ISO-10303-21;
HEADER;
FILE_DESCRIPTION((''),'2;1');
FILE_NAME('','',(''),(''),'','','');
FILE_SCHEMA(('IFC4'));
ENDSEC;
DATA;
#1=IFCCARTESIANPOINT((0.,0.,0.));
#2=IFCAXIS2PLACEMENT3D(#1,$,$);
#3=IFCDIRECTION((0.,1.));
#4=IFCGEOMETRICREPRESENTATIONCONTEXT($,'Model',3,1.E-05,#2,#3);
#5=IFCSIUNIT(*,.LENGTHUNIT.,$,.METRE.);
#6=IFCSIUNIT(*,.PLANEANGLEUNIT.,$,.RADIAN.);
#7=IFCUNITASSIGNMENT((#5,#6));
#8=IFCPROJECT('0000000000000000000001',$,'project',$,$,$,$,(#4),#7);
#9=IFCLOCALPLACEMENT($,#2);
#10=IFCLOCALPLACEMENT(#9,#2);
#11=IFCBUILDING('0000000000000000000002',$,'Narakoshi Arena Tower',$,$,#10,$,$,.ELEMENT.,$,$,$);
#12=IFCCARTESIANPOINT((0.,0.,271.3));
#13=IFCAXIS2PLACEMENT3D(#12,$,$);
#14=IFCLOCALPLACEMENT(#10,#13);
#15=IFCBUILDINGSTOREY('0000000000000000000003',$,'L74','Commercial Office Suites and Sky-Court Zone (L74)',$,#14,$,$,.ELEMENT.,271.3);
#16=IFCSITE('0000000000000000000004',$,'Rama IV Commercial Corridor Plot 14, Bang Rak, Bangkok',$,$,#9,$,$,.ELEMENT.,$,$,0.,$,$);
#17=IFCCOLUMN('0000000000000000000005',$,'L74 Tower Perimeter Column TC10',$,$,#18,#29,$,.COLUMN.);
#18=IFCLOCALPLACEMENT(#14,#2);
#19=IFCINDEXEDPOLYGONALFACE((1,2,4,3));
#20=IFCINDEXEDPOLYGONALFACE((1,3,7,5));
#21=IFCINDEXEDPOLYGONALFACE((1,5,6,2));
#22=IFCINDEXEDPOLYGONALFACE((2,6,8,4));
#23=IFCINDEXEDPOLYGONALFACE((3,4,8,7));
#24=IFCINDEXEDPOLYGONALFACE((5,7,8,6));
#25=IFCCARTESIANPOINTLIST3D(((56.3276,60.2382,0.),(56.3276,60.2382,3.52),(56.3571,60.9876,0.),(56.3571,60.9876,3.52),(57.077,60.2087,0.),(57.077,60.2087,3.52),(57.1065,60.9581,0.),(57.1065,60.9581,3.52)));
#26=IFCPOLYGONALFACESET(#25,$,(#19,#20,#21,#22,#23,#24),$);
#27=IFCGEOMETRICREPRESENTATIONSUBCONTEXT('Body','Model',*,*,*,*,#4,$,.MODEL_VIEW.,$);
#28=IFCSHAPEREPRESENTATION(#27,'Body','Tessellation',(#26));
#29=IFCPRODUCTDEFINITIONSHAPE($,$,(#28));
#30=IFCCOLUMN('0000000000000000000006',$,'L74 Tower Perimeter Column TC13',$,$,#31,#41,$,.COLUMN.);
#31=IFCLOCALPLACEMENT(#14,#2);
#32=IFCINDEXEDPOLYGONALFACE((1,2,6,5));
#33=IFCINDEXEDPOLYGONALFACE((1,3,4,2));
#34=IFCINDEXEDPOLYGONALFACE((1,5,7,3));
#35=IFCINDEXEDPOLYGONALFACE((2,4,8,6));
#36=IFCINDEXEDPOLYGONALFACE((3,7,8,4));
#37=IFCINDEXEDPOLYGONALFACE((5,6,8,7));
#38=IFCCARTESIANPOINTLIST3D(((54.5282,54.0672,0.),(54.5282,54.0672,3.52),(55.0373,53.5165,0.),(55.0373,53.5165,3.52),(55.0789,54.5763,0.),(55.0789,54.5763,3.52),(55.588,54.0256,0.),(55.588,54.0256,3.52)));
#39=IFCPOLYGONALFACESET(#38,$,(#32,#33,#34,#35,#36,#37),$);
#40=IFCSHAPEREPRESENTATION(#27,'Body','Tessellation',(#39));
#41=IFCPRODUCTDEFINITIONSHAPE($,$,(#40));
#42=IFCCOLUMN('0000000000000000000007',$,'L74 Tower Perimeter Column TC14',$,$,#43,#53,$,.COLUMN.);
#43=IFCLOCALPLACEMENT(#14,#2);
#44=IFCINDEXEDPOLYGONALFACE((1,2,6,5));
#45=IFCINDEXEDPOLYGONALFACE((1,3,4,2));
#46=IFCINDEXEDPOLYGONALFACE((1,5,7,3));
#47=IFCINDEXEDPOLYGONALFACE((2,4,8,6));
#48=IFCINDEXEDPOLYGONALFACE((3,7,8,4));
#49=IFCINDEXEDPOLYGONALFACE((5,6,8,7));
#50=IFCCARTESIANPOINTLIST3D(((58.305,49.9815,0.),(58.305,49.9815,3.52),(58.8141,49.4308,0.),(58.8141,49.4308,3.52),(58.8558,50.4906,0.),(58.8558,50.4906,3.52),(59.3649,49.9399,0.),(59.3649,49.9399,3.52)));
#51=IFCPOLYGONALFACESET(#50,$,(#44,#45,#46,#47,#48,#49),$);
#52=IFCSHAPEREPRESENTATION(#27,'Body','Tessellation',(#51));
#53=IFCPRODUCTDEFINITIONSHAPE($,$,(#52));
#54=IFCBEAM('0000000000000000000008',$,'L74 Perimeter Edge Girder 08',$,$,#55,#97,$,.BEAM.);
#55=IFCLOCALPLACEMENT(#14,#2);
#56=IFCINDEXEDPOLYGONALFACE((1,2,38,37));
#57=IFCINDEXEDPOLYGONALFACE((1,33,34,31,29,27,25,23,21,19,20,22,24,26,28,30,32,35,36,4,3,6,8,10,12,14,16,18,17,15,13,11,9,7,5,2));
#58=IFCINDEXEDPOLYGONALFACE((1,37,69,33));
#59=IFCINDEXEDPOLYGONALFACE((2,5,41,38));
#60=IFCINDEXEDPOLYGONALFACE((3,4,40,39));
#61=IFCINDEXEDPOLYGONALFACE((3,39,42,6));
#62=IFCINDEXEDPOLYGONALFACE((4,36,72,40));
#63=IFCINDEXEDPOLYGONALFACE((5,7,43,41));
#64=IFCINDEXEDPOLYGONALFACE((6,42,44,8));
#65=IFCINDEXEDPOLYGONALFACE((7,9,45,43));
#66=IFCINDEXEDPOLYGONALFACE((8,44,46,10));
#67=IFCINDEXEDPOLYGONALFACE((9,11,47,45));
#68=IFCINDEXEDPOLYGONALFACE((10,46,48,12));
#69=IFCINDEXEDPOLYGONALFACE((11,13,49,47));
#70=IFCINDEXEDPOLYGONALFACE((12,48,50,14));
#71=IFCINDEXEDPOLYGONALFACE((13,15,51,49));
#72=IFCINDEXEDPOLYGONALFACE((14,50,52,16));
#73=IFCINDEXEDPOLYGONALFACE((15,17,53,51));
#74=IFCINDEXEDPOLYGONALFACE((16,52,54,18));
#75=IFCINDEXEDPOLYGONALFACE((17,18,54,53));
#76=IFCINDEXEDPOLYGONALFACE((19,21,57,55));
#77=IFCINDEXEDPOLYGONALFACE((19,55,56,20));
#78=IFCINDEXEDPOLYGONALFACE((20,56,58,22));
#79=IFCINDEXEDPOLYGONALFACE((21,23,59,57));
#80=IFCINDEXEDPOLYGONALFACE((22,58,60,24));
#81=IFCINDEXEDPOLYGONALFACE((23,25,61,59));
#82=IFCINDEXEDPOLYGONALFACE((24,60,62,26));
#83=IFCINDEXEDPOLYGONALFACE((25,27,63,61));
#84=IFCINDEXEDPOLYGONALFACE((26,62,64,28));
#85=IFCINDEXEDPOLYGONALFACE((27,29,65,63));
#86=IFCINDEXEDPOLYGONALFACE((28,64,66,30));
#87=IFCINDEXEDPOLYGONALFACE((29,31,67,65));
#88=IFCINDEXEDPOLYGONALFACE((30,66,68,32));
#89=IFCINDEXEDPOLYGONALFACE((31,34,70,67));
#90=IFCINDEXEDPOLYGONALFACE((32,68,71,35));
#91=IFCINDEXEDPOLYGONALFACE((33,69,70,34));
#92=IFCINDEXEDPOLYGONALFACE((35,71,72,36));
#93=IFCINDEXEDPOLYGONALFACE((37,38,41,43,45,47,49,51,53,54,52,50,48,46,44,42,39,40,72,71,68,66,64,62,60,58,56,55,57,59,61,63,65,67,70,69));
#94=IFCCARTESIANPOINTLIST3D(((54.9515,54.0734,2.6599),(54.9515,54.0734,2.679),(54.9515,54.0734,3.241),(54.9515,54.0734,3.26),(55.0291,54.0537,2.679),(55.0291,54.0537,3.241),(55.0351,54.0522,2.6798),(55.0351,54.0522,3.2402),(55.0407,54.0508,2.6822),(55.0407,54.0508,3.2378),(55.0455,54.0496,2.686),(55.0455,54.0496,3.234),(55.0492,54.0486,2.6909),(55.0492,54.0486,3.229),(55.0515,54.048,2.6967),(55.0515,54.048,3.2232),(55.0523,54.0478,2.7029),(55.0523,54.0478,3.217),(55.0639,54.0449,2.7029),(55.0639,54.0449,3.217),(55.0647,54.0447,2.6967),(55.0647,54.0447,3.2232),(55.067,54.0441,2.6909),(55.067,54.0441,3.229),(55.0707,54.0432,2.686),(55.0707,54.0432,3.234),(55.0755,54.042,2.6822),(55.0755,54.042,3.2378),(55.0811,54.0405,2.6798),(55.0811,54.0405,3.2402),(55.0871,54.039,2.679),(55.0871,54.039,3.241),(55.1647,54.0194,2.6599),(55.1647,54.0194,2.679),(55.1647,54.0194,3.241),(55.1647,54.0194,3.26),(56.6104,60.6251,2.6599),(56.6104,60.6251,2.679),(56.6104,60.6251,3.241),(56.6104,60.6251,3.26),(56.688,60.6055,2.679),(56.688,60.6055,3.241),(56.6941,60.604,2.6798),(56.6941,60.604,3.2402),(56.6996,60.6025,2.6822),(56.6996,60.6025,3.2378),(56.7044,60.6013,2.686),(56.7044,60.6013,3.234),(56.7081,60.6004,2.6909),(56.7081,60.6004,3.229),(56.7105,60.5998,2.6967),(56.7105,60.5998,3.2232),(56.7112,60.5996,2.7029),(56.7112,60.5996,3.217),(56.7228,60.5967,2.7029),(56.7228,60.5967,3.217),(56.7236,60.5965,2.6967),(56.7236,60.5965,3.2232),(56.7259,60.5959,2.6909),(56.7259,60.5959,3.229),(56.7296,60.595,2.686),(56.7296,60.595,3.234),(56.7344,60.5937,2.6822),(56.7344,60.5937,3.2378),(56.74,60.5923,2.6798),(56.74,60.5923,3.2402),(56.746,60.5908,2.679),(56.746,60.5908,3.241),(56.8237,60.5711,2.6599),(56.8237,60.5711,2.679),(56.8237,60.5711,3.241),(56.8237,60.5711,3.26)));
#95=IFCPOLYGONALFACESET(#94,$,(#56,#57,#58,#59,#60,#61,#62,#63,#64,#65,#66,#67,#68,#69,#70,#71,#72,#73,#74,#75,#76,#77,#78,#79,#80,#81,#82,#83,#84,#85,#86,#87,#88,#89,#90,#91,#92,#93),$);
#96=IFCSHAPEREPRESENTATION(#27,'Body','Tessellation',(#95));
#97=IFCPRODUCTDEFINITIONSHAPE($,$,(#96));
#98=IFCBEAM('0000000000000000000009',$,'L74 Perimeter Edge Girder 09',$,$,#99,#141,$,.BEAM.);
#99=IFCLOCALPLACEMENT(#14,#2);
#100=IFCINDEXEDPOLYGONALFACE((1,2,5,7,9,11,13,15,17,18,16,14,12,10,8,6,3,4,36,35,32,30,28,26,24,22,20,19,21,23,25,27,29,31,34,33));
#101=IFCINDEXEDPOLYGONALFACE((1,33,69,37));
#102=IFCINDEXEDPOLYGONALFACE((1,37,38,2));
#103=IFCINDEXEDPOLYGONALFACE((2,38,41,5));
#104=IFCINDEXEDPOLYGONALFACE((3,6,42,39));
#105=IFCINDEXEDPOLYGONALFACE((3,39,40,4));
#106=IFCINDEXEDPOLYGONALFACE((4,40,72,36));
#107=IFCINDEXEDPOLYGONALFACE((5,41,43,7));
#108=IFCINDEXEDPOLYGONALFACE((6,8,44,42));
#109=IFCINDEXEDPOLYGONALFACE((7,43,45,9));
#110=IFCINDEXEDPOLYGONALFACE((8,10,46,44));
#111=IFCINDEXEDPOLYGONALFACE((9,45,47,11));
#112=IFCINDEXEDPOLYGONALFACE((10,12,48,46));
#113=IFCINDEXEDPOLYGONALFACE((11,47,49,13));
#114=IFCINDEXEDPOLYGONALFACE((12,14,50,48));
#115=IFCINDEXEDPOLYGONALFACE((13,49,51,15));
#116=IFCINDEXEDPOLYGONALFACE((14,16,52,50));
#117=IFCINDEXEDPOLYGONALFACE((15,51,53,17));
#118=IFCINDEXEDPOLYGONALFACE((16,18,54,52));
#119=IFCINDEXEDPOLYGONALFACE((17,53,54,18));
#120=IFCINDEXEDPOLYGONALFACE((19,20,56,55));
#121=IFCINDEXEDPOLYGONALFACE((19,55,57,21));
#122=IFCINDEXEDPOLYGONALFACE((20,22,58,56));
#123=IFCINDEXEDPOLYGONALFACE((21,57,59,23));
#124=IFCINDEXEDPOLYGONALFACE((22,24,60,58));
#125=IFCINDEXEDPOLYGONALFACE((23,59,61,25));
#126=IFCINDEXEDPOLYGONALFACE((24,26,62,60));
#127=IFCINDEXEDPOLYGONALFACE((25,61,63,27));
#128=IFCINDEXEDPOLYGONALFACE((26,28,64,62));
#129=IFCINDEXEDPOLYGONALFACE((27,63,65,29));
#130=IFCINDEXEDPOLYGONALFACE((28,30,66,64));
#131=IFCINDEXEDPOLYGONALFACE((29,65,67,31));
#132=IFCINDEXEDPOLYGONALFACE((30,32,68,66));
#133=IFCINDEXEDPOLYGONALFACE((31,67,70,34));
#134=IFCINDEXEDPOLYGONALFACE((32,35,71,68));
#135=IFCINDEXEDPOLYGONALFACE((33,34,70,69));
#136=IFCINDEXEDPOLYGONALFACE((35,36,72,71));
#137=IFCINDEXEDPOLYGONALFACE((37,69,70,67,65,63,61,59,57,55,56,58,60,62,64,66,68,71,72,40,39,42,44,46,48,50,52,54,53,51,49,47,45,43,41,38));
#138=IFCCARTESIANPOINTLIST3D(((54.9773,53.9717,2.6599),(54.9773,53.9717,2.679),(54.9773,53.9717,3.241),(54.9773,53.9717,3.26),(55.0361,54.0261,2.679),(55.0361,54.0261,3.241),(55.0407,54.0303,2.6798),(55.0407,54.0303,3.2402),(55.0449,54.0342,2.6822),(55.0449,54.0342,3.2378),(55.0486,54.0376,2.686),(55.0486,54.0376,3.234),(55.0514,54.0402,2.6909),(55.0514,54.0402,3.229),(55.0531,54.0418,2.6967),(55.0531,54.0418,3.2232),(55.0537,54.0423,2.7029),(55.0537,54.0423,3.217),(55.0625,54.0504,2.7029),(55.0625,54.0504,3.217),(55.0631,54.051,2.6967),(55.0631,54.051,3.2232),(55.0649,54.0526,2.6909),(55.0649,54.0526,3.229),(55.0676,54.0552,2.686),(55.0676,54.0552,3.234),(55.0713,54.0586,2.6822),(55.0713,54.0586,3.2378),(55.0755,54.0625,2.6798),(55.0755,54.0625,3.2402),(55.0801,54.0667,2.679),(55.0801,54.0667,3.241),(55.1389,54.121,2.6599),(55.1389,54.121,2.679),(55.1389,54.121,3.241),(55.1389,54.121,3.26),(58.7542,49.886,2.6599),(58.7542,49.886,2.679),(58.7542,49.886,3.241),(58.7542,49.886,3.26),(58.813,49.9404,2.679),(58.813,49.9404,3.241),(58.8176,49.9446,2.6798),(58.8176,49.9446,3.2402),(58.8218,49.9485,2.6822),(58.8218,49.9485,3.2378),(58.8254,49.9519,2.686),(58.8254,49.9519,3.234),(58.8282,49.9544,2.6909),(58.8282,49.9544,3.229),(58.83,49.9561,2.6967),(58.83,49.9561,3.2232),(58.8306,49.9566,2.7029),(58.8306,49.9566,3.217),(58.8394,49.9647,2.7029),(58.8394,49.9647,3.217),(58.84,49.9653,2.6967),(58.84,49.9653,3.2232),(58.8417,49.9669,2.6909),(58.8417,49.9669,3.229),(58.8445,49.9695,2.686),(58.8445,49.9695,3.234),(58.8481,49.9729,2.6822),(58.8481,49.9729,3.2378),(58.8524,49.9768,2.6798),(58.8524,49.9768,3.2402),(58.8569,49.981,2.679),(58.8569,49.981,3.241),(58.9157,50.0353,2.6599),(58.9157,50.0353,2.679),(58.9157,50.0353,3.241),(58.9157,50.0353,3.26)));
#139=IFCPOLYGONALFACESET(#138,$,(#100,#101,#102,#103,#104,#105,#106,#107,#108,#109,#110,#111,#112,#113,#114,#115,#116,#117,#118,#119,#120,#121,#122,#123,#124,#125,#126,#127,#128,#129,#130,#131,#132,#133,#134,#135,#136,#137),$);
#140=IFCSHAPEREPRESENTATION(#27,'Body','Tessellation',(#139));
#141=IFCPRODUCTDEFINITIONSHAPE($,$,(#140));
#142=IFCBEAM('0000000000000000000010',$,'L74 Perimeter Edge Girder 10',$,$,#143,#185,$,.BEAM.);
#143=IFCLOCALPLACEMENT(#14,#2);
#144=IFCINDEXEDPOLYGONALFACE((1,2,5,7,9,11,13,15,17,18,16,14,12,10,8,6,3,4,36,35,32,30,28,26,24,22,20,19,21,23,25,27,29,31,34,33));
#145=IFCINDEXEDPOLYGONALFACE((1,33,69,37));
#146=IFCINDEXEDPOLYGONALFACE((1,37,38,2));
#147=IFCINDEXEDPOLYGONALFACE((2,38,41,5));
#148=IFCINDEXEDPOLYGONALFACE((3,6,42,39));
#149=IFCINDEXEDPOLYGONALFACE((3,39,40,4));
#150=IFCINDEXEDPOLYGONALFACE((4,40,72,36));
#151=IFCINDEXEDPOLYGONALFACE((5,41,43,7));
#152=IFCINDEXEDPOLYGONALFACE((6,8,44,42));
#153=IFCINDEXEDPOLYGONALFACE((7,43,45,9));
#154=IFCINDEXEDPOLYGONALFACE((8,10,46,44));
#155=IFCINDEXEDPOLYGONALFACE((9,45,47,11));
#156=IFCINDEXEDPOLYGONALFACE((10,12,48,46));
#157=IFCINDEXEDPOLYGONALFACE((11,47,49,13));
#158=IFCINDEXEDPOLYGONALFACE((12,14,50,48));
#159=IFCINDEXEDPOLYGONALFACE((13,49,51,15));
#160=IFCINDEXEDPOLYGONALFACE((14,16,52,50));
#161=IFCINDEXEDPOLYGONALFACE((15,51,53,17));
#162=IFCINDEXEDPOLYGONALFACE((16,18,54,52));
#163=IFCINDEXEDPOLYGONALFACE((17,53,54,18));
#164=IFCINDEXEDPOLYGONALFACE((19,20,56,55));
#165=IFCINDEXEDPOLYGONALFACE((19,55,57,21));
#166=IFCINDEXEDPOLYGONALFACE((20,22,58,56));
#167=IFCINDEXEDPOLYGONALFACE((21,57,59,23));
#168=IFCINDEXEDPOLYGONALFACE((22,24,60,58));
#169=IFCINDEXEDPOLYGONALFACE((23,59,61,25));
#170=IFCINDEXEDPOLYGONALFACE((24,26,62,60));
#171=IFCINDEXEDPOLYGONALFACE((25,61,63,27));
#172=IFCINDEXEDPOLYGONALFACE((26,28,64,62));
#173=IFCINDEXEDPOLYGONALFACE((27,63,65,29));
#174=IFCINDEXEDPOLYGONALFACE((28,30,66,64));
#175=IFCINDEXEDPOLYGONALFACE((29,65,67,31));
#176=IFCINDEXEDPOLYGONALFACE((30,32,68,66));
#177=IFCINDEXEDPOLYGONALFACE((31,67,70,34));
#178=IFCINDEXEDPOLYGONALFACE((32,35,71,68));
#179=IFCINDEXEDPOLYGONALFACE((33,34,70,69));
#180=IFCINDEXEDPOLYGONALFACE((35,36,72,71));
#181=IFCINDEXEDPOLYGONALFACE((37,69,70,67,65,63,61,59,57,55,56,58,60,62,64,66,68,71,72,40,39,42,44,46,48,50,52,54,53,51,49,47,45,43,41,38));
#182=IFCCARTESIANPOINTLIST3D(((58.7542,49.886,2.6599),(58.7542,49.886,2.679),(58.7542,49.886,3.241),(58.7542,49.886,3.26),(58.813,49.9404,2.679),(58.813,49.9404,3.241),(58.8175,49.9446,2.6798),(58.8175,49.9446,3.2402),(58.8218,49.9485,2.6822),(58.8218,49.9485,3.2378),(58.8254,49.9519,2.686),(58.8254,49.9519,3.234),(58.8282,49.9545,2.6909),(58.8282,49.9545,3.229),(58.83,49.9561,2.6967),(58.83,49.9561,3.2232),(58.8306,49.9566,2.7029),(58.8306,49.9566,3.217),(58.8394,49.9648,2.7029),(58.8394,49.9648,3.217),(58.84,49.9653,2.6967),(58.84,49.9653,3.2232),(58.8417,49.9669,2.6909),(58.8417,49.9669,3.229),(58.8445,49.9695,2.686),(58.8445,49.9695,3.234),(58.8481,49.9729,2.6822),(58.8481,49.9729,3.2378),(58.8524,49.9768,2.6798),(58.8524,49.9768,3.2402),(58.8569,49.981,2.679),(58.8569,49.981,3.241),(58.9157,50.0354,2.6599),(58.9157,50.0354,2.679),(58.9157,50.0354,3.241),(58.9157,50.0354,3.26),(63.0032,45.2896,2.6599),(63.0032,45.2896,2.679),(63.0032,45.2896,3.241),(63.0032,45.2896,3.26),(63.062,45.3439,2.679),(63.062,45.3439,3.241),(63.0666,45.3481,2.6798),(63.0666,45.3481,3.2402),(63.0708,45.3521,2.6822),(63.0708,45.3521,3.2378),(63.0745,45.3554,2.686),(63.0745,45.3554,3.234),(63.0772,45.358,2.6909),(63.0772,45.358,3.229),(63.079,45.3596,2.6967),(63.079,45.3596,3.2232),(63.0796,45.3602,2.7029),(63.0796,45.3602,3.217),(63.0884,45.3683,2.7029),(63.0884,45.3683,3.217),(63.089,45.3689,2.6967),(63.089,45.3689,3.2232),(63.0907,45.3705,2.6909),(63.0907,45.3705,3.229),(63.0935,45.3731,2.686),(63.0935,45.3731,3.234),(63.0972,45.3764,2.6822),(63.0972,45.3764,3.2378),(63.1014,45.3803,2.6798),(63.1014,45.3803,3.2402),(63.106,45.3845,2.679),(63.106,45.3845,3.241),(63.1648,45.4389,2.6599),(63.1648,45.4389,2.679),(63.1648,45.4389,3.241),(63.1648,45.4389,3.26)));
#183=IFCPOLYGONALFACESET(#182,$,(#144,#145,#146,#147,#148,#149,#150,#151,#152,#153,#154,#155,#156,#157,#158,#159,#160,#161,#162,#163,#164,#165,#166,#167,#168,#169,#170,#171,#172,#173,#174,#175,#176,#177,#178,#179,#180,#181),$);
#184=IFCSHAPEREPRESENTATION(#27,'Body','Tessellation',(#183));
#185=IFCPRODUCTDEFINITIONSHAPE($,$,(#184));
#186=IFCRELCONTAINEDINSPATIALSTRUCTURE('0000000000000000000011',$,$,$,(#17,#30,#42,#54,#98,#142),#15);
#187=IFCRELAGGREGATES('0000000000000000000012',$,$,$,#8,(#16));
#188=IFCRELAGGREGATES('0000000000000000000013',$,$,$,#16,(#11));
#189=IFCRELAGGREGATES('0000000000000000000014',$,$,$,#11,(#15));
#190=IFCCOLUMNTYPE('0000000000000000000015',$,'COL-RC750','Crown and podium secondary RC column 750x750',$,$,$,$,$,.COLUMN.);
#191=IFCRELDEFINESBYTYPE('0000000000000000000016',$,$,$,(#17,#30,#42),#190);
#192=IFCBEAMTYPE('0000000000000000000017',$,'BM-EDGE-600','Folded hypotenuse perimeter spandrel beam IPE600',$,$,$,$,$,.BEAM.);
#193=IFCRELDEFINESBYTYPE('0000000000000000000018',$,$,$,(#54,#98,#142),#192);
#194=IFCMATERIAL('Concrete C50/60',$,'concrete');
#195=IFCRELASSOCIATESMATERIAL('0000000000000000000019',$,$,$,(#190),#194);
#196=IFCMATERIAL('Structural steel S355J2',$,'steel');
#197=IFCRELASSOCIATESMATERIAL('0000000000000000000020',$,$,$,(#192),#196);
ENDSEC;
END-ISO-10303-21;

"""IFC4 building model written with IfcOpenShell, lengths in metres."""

from ifc_helpers import new_model, si_unit, direction, frame, origin, origin_2d, place, context, subcontext, project, spatial, rectangle, i_section, extrude, material, material_profile, profile_set, type_object, element, save


model = new_model("IFC4")

# Units and contexts
model_context = context("Model", 3, precision=1e-05, world=origin(), true_north=direction((0.0, 1.0)))
body_context = subcontext(model_context, "Body", "Model", "MODEL_VIEW")
ifc_project = project(units=[si_unit("LENGTHUNIT", "METRE"), si_unit("PLANEANGLEUNIT", "RADIAN")], contexts=[model_context])

# Site, building, storey
site_placement = place(None, origin())
site = spatial("IfcSite", under=ifc_project, at=site_placement, Name="Rama IV Commercial Corridor Plot 14, Bang Rak, Bangkok", CompositionType="ELEMENT", RefElevation=0.0)
building_placement = place(site_placement, origin())
building = spatial("IfcBuilding", under=site, at=building_placement, Name="Narakoshi Arena Tower", CompositionType="ELEMENT")
storey_placement = place(building_placement, frame((0.0, 0.0, 271.3)))
storey = spatial("IfcBuildingStorey", under=building, at=storey_placement, Name="L74", Description="Commercial Office Suites and Sky-Court Zone (L74)", CompositionType="ELEMENT", Elevation=271.3)

# Columns
ifc_material_1 = material(Name="Concrete C50/60", Category="concrete")
ifc_material_profile_1 = material_profile(ifc_material_1, rectangle(XDim=0.75, YDim=0.75, at=origin_2d()), Name="RC750x750")
ifc_profile_set_1 = profile_set([ifc_material_profile_1], Name="Concrete C50/60")
column_type = type_object("IfcColumnType", Name="COL-RC750", Description="Crown and podium secondary RC column 750x750", PredefinedType="COLUMN", material=ifc_profile_set_1)
for number, where, z_axis, x_axis, name in (
    (1, (56.717, 60.5981, 0.0), (0.0, 0.0, 1.0), (0.03926, 0.999229, 0.0), "L74 Tower Perimeter Column TC10"),
    (2, (55.0581, 54.0464, 0.0), (0.0, 0.0, 1.0), (-0.678801, 0.734323, 0.0), "L74 Tower Perimeter Column TC13"),
    (3, (58.835, 49.9607, 0.0), (0.0, 0.0, 1.0), (-0.678801, 0.734323, 0.0), "L74 Tower Perimeter Column TC14"),
):
    element("IfcColumn", number, at=place(storey_placement, frame(where, z_axis=z_axis, x_axis=x_axis)), inside=storey, type_object=column_type, Name=name, PredefinedType="COLUMN", context=body_context, shape_type="SweptSolid", body=[
        extrude(rectangle(XDim=0.75, YDim=0.75, at=origin_2d()), origin(), (0.0, 0.0, 1.0), 3.52),
    ])

# Beams
ifc_material_2 = material(Name="Structural steel S355J2", Category="steel")
ifc_material_profile_2 = material_profile(ifc_material_2, i_section(OverallWidth=0.22, OverallDepth=0.6001, WebThickness=0.012, FlangeThickness=0.019, FilletRadius=0.0239, at=origin_2d()), Name="IPE600")
ifc_profile_set_2 = profile_set([ifc_material_profile_2], Name="Structural steel S355J2")
beam_type_1 = type_object("IfcBeamType", Name="BM-EDGE-600", Description="Folded hypotenuse perimeter spandrel beam IPE600", PredefinedType="BEAM", material=ifc_profile_set_2)
beam_1_placement = place(storey_placement, frame((56.717, 60.5981, 2.96), z_axis=(-0.245458, -0.969407, 0.0), x_axis=(0.969407, -0.245458, 0.0)))
element("IfcBeam", 4, at=beam_1_placement, inside=storey, type_object=beam_type_1, Name="L74 Perimeter Edge Girder 08", PredefinedType="BEAM", context=body_context, shape_type="SweptSolid", body=[
    extrude(i_section(OverallWidth=0.22, OverallDepth=0.6001, WebThickness=0.012, FlangeThickness=0.019, FilletRadius=0.0239, at=origin_2d()), origin(), (0.0, 0.0, 1.0), 6.7585),
])
beam_2_placement = place(storey_placement, frame((55.0581, 54.0464, 2.96), z_axis=(0.678808, -0.734315, 0.0), x_axis=(0.734315, 0.678808, 0.0)))
element("IfcBeam", 5, at=beam_2_placement, inside=storey, type_object=beam_type_1, Name="L74 Perimeter Edge Girder 09", PredefinedType="BEAM", context=body_context, shape_type="SweptSolid", body=[
    extrude(i_section(OverallWidth=0.22, OverallDepth=0.6001, WebThickness=0.012, FlangeThickness=0.019, FilletRadius=0.0239, at=origin_2d()), origin(), (0.0, 0.0, 1.0), 5.564),
])
beam_3_placement = place(storey_placement, frame((58.835, 49.9607, 2.96), z_axis=(0.678811, -0.734313, 0.0), x_axis=(0.734313, 0.678811, 0.0)))
element("IfcBeam", 6, at=beam_3_placement, inside=storey, type_object=beam_type_1, Name="L74 Perimeter Edge Girder 10", PredefinedType="BEAM", context=body_context, shape_type="SweptSolid", body=[
    extrude(i_section(OverallWidth=0.22, OverallDepth=0.6001, WebThickness=0.012, FlangeThickness=0.019, FilletRadius=0.0239, at=origin_2d()), origin(), (0.0, 0.0, 1.0), 6.2595),
])

save(model, "model.ifc")
